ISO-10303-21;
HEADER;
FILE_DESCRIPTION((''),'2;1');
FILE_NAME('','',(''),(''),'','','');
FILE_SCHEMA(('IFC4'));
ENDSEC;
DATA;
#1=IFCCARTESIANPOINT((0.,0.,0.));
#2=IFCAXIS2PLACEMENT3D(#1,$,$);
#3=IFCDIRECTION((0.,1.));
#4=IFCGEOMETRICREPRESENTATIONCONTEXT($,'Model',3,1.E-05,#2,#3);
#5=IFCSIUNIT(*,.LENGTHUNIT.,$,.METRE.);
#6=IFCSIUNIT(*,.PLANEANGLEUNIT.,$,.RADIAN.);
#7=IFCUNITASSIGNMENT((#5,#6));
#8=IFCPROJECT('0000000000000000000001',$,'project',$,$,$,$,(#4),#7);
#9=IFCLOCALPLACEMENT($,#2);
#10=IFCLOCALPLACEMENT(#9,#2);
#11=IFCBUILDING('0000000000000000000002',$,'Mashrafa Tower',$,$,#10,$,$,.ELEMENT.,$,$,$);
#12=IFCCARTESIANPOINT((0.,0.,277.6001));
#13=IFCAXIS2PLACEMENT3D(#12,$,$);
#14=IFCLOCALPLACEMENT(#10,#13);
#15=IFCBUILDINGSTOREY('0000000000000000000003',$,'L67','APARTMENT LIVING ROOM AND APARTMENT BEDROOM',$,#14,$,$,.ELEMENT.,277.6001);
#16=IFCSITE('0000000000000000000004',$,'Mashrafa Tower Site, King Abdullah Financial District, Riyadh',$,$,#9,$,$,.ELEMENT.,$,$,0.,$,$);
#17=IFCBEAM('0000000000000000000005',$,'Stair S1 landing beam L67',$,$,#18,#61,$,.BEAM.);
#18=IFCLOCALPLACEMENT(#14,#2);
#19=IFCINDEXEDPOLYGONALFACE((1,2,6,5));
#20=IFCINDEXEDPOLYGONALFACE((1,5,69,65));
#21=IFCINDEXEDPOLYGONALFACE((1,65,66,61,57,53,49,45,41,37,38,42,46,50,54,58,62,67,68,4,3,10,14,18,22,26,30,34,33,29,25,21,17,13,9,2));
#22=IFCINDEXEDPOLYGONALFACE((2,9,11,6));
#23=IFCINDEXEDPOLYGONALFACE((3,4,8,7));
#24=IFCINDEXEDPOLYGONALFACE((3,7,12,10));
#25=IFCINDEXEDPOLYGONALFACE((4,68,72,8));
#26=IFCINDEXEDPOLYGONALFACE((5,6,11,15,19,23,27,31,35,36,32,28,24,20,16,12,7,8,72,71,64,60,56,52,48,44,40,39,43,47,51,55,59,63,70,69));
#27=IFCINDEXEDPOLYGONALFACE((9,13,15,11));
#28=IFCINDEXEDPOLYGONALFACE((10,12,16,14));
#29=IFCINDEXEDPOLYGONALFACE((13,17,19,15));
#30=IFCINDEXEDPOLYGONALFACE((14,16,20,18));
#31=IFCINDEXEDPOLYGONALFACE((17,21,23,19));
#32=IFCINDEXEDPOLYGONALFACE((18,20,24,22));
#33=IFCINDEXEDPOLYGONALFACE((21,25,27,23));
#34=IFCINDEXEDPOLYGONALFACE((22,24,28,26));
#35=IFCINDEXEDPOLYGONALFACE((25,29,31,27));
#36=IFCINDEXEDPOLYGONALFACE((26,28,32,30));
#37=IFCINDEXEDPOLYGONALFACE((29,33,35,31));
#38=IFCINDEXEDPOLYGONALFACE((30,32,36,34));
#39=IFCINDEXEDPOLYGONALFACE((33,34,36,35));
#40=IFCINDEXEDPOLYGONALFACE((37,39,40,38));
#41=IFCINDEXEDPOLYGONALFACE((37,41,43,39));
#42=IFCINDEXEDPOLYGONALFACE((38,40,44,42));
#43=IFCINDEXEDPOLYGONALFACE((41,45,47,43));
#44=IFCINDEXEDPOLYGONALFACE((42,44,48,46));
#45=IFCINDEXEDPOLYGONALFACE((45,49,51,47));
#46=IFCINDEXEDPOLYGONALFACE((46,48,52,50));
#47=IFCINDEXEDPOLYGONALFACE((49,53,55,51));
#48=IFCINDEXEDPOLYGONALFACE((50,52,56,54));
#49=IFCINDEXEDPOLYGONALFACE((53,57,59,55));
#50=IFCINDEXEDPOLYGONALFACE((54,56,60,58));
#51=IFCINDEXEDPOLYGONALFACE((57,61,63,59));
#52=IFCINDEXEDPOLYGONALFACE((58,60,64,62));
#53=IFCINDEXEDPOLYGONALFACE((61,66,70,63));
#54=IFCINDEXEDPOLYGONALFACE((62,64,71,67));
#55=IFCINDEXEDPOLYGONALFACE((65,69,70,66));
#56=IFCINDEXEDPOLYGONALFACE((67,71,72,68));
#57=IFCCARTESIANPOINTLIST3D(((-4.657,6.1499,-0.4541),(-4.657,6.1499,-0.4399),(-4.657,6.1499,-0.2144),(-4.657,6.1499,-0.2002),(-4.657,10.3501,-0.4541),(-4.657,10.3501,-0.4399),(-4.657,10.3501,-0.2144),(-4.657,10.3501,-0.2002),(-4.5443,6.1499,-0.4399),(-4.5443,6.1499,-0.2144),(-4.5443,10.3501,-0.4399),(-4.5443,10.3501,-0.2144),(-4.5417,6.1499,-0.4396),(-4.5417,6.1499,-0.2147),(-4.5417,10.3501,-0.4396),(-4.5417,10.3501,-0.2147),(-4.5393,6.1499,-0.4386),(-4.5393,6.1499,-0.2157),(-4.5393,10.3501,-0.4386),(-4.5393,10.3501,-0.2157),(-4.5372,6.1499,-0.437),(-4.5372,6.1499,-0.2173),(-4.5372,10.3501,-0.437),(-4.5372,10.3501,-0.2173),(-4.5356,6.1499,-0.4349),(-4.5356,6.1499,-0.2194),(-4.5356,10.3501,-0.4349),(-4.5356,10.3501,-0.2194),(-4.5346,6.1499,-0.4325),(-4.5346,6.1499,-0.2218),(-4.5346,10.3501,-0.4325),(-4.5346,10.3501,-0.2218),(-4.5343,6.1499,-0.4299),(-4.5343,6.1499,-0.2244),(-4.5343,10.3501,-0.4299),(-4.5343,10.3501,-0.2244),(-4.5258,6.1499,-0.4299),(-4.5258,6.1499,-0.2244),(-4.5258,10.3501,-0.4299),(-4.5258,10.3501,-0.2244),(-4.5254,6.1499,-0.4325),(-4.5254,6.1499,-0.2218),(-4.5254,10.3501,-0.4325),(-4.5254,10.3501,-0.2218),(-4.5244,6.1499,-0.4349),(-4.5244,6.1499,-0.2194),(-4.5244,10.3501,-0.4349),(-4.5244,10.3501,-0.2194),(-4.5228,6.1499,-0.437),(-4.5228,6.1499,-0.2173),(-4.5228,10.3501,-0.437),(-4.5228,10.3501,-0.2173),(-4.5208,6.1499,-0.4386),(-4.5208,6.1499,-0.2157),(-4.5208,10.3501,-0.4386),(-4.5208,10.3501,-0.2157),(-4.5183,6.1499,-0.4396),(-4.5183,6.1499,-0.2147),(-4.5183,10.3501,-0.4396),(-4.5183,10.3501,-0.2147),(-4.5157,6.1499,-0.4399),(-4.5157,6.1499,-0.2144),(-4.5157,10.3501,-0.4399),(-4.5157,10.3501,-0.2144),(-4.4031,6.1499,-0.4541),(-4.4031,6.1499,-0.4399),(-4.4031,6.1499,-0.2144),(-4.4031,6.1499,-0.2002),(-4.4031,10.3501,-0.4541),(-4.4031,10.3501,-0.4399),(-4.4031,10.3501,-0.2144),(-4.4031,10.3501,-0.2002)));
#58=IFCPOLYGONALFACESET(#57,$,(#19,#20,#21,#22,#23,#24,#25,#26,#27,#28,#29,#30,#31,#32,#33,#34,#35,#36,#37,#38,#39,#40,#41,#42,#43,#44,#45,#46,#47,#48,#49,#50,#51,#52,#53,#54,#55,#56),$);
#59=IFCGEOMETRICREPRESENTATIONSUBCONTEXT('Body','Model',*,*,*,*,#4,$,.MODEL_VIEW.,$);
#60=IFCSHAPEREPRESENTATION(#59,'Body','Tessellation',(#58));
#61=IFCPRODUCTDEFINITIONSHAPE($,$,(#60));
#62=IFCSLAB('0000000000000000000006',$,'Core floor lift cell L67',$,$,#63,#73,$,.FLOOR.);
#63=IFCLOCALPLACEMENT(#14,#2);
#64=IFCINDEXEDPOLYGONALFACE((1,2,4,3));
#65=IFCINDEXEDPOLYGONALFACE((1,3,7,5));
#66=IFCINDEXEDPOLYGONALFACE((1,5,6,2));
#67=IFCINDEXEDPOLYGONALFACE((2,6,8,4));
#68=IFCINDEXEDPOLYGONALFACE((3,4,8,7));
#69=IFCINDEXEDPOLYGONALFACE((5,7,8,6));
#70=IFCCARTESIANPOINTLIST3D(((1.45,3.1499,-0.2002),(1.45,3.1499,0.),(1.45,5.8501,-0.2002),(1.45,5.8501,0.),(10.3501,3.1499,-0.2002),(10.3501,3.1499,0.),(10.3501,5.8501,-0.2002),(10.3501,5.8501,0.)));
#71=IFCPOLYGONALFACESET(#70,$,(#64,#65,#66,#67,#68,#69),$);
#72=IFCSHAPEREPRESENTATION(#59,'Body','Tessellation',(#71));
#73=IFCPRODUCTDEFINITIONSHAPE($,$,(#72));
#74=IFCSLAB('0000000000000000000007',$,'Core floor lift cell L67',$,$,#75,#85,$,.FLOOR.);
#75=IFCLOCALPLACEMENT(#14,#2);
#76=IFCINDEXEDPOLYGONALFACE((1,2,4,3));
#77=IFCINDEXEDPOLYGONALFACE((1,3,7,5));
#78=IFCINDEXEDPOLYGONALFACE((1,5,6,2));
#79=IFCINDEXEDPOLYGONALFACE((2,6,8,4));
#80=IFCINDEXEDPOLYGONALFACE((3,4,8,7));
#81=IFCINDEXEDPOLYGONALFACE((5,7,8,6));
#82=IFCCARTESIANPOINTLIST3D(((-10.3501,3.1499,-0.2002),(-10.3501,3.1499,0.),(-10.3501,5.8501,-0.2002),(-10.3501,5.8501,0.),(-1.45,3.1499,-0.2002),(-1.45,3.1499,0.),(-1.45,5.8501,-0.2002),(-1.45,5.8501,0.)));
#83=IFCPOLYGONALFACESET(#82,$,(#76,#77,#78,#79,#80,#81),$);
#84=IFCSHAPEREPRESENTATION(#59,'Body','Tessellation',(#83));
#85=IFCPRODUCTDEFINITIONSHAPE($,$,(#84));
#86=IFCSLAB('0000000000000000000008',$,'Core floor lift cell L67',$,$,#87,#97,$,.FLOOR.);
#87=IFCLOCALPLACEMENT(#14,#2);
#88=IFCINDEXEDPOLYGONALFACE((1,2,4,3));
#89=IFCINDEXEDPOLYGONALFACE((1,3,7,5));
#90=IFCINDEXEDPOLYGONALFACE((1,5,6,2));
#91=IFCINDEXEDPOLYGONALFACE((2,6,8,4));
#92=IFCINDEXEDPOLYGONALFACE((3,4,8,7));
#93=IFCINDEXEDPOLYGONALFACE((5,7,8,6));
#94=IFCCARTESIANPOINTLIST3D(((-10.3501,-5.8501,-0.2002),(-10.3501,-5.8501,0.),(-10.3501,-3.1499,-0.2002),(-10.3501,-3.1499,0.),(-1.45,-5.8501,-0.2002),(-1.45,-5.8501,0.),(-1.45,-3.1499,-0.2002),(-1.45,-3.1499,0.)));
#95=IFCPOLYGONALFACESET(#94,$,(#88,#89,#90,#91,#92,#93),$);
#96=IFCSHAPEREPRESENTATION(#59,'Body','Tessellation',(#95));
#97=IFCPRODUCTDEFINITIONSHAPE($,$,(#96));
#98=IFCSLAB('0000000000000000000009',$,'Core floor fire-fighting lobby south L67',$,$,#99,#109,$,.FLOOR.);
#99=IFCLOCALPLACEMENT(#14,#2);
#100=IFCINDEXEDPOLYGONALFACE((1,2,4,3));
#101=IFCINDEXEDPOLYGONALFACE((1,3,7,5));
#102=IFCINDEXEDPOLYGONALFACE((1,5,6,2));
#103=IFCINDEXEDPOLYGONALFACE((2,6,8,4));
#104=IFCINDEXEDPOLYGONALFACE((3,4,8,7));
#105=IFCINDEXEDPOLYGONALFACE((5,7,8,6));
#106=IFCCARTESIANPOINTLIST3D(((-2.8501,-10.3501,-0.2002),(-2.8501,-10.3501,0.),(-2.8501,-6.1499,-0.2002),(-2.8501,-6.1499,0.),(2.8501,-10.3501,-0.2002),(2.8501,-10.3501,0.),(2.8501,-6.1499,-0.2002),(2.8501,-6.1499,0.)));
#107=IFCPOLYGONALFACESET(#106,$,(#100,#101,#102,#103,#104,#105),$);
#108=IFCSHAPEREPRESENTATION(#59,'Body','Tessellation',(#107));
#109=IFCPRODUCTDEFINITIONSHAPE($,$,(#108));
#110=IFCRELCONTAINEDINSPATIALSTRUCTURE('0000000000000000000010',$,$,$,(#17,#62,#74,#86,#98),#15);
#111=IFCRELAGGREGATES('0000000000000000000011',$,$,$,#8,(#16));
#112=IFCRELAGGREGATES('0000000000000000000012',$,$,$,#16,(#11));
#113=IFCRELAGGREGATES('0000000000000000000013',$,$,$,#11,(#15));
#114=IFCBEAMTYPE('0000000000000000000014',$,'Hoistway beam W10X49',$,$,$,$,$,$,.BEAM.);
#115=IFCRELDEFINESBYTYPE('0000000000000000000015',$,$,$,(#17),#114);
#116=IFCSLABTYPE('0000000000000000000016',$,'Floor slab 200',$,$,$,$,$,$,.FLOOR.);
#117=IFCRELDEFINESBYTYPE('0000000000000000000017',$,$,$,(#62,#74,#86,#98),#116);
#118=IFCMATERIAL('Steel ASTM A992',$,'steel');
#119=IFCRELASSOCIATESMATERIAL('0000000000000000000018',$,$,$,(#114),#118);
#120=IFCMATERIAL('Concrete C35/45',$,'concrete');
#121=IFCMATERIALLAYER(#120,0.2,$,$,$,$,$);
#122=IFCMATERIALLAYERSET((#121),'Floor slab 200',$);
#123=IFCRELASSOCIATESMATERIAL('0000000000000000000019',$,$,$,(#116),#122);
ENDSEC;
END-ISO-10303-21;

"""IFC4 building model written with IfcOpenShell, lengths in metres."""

from ifc_helpers import new_model, si_unit, direction, frame, origin, origin_2d, place, context, subcontext, project, spatial, polyline, i_section, outline, extrude, material, layer, layer_set, material_profile, profile_set, type_object, element, save


model = new_model("IFC4")

# Units and contexts
model_context = context("Model", 3, precision=1e-05, world=origin(), true_north=direction((0.0, 1.0)))
body_context = subcontext(model_context, "Body", "Model", "MODEL_VIEW")
ifc_project = project(units=[si_unit("LENGTHUNIT", "METRE"), si_unit("PLANEANGLEUNIT", "RADIAN")], contexts=[model_context])

# Site, building, storey
site_placement = place(None, origin())
site = spatial("IfcSite", under=ifc_project, at=site_placement, Name="Mashrafa Tower Site, King Abdullah Financial District, Riyadh", CompositionType="ELEMENT", RefElevation=0.0)
building_placement = place(site_placement, origin())
building = spatial("IfcBuilding", under=site, at=building_placement, Name="Mashrafa Tower", CompositionType="ELEMENT")
storey_placement = place(building_placement, frame((0.0, 0.0, 277.6001)))
storey = spatial("IfcBuildingStorey", under=building, at=storey_placement, Name="L67", Description="APARTMENT LIVING ROOM AND APARTMENT BEDROOM", CompositionType="ELEMENT", Elevation=277.6001)

# Beam
ifc_material_1 = material(Name="Steel ASTM A992", Category="steel")
ifc_material_profile = material_profile(ifc_material_1, i_section(OverallWidth=0.2539, OverallDepth=0.2539, WebThickness=0.0085, FlangeThickness=0.0142, FilletRadius=0.01, at=origin_2d()), Name="W10X49")
ifc_profile_set = profile_set([ifc_material_profile], Name="Steel ASTM A992")
beam_type = type_object("IfcBeamType", Name="Hoistway beam W10X49", PredefinedType="BEAM", material=ifc_profile_set)
beam_placement = place(storey_placement, frame((-4.53, 6.1499, -0.3271), z_axis=(0.0, 1.0, 0.0), x_axis=(-1.0, 0.0, 0.0)))
element("IfcBeam", 1, at=beam_placement, inside=storey, type_object=beam_type, Name="Stair S1 landing beam L67", PredefinedType="BEAM", context=body_context, shape_type="SweptSolid", body=[
    extrude(i_section(OverallWidth=0.2539, OverallDepth=0.2539, WebThickness=0.0085, FlangeThickness=0.0142, FilletRadius=0.01, at=origin_2d()), origin(), (0.0, 0.0, 1.0), 4.2002),
])

# Slabs
ifc_material_2 = material(Name="Concrete C35/45", Category="concrete")
ifc_layer_1 = layer(ifc_material_2, 0.2)
ifc_layer_set_1 = layer_set([ifc_layer_1], Name="Floor slab 200")
slab_type = type_object("IfcSlabType", Name="Floor slab 200", PredefinedType="FLOOR", material=ifc_layer_set_1)
slab_1_placement = place(storey_placement, frame((0.0, 0.0, -0.2002)))
element("IfcSlab", 2, at=slab_1_placement, inside=storey, type_object=slab_type, Name="Core floor lift cell L67", PredefinedType="FLOOR", context=body_context, shape_type="SweptSolid", body=[
    extrude(outline(polyline([(10.3501, 5.8501), (10.3501, 3.1499), (1.45, 3.1499), (1.45, 5.8501), (10.3501, 5.8501)])), origin(), (0.0, 0.0, 1.0), 0.2002),
])
slab_2_placement = place(storey_placement, frame((0.0, 0.0, -0.2002)))
element("IfcSlab", 3, at=slab_2_placement, inside=storey, type_object=slab_type, Name="Core floor lift cell L67", PredefinedType="FLOOR", context=body_context, shape_type="SweptSolid", body=[
    extrude(outline(polyline([(-1.45, 3.1499), (-10.3501, 3.1499), (-10.3501, 5.8501), (-1.45, 5.8501), (-1.45, 3.1499)])), origin(), (0.0, 0.0, 1.0), 0.2002),
])
slab_3_placement = place(storey_placement, frame((0.0, 0.0, -0.2002)))
element("IfcSlab", 4, at=slab_3_placement, inside=storey, type_object=slab_type, Name="Core floor lift cell L67", PredefinedType="FLOOR", context=body_context, shape_type="SweptSolid", body=[
    extrude(outline(polyline([(-1.45, -3.1499), (-1.45, -5.8501), (-10.3501, -5.8501), (-10.3501, -3.1499), (-1.45, -3.1499)])), origin(), (0.0, 0.0, 1.0), 0.2002),
])
slab_4_placement = place(storey_placement, frame((0.0, 0.0, -0.2002)))
element("IfcSlab", 5, at=slab_4_placement, inside=storey, type_object=slab_type, Name="Core floor fire-fighting lobby south L67", PredefinedType="FLOOR", context=body_context, shape_type="SweptSolid", body=[
    extrude(outline(polyline([(2.8501, -6.1499), (2.8501, -10.3501), (-2.8501, -10.3501), (-2.8501, -6.1499), (2.8501, -6.1499)])), origin(), (0.0, 0.0, 1.0), 0.2002),
])

save(model, "model.ifc")
